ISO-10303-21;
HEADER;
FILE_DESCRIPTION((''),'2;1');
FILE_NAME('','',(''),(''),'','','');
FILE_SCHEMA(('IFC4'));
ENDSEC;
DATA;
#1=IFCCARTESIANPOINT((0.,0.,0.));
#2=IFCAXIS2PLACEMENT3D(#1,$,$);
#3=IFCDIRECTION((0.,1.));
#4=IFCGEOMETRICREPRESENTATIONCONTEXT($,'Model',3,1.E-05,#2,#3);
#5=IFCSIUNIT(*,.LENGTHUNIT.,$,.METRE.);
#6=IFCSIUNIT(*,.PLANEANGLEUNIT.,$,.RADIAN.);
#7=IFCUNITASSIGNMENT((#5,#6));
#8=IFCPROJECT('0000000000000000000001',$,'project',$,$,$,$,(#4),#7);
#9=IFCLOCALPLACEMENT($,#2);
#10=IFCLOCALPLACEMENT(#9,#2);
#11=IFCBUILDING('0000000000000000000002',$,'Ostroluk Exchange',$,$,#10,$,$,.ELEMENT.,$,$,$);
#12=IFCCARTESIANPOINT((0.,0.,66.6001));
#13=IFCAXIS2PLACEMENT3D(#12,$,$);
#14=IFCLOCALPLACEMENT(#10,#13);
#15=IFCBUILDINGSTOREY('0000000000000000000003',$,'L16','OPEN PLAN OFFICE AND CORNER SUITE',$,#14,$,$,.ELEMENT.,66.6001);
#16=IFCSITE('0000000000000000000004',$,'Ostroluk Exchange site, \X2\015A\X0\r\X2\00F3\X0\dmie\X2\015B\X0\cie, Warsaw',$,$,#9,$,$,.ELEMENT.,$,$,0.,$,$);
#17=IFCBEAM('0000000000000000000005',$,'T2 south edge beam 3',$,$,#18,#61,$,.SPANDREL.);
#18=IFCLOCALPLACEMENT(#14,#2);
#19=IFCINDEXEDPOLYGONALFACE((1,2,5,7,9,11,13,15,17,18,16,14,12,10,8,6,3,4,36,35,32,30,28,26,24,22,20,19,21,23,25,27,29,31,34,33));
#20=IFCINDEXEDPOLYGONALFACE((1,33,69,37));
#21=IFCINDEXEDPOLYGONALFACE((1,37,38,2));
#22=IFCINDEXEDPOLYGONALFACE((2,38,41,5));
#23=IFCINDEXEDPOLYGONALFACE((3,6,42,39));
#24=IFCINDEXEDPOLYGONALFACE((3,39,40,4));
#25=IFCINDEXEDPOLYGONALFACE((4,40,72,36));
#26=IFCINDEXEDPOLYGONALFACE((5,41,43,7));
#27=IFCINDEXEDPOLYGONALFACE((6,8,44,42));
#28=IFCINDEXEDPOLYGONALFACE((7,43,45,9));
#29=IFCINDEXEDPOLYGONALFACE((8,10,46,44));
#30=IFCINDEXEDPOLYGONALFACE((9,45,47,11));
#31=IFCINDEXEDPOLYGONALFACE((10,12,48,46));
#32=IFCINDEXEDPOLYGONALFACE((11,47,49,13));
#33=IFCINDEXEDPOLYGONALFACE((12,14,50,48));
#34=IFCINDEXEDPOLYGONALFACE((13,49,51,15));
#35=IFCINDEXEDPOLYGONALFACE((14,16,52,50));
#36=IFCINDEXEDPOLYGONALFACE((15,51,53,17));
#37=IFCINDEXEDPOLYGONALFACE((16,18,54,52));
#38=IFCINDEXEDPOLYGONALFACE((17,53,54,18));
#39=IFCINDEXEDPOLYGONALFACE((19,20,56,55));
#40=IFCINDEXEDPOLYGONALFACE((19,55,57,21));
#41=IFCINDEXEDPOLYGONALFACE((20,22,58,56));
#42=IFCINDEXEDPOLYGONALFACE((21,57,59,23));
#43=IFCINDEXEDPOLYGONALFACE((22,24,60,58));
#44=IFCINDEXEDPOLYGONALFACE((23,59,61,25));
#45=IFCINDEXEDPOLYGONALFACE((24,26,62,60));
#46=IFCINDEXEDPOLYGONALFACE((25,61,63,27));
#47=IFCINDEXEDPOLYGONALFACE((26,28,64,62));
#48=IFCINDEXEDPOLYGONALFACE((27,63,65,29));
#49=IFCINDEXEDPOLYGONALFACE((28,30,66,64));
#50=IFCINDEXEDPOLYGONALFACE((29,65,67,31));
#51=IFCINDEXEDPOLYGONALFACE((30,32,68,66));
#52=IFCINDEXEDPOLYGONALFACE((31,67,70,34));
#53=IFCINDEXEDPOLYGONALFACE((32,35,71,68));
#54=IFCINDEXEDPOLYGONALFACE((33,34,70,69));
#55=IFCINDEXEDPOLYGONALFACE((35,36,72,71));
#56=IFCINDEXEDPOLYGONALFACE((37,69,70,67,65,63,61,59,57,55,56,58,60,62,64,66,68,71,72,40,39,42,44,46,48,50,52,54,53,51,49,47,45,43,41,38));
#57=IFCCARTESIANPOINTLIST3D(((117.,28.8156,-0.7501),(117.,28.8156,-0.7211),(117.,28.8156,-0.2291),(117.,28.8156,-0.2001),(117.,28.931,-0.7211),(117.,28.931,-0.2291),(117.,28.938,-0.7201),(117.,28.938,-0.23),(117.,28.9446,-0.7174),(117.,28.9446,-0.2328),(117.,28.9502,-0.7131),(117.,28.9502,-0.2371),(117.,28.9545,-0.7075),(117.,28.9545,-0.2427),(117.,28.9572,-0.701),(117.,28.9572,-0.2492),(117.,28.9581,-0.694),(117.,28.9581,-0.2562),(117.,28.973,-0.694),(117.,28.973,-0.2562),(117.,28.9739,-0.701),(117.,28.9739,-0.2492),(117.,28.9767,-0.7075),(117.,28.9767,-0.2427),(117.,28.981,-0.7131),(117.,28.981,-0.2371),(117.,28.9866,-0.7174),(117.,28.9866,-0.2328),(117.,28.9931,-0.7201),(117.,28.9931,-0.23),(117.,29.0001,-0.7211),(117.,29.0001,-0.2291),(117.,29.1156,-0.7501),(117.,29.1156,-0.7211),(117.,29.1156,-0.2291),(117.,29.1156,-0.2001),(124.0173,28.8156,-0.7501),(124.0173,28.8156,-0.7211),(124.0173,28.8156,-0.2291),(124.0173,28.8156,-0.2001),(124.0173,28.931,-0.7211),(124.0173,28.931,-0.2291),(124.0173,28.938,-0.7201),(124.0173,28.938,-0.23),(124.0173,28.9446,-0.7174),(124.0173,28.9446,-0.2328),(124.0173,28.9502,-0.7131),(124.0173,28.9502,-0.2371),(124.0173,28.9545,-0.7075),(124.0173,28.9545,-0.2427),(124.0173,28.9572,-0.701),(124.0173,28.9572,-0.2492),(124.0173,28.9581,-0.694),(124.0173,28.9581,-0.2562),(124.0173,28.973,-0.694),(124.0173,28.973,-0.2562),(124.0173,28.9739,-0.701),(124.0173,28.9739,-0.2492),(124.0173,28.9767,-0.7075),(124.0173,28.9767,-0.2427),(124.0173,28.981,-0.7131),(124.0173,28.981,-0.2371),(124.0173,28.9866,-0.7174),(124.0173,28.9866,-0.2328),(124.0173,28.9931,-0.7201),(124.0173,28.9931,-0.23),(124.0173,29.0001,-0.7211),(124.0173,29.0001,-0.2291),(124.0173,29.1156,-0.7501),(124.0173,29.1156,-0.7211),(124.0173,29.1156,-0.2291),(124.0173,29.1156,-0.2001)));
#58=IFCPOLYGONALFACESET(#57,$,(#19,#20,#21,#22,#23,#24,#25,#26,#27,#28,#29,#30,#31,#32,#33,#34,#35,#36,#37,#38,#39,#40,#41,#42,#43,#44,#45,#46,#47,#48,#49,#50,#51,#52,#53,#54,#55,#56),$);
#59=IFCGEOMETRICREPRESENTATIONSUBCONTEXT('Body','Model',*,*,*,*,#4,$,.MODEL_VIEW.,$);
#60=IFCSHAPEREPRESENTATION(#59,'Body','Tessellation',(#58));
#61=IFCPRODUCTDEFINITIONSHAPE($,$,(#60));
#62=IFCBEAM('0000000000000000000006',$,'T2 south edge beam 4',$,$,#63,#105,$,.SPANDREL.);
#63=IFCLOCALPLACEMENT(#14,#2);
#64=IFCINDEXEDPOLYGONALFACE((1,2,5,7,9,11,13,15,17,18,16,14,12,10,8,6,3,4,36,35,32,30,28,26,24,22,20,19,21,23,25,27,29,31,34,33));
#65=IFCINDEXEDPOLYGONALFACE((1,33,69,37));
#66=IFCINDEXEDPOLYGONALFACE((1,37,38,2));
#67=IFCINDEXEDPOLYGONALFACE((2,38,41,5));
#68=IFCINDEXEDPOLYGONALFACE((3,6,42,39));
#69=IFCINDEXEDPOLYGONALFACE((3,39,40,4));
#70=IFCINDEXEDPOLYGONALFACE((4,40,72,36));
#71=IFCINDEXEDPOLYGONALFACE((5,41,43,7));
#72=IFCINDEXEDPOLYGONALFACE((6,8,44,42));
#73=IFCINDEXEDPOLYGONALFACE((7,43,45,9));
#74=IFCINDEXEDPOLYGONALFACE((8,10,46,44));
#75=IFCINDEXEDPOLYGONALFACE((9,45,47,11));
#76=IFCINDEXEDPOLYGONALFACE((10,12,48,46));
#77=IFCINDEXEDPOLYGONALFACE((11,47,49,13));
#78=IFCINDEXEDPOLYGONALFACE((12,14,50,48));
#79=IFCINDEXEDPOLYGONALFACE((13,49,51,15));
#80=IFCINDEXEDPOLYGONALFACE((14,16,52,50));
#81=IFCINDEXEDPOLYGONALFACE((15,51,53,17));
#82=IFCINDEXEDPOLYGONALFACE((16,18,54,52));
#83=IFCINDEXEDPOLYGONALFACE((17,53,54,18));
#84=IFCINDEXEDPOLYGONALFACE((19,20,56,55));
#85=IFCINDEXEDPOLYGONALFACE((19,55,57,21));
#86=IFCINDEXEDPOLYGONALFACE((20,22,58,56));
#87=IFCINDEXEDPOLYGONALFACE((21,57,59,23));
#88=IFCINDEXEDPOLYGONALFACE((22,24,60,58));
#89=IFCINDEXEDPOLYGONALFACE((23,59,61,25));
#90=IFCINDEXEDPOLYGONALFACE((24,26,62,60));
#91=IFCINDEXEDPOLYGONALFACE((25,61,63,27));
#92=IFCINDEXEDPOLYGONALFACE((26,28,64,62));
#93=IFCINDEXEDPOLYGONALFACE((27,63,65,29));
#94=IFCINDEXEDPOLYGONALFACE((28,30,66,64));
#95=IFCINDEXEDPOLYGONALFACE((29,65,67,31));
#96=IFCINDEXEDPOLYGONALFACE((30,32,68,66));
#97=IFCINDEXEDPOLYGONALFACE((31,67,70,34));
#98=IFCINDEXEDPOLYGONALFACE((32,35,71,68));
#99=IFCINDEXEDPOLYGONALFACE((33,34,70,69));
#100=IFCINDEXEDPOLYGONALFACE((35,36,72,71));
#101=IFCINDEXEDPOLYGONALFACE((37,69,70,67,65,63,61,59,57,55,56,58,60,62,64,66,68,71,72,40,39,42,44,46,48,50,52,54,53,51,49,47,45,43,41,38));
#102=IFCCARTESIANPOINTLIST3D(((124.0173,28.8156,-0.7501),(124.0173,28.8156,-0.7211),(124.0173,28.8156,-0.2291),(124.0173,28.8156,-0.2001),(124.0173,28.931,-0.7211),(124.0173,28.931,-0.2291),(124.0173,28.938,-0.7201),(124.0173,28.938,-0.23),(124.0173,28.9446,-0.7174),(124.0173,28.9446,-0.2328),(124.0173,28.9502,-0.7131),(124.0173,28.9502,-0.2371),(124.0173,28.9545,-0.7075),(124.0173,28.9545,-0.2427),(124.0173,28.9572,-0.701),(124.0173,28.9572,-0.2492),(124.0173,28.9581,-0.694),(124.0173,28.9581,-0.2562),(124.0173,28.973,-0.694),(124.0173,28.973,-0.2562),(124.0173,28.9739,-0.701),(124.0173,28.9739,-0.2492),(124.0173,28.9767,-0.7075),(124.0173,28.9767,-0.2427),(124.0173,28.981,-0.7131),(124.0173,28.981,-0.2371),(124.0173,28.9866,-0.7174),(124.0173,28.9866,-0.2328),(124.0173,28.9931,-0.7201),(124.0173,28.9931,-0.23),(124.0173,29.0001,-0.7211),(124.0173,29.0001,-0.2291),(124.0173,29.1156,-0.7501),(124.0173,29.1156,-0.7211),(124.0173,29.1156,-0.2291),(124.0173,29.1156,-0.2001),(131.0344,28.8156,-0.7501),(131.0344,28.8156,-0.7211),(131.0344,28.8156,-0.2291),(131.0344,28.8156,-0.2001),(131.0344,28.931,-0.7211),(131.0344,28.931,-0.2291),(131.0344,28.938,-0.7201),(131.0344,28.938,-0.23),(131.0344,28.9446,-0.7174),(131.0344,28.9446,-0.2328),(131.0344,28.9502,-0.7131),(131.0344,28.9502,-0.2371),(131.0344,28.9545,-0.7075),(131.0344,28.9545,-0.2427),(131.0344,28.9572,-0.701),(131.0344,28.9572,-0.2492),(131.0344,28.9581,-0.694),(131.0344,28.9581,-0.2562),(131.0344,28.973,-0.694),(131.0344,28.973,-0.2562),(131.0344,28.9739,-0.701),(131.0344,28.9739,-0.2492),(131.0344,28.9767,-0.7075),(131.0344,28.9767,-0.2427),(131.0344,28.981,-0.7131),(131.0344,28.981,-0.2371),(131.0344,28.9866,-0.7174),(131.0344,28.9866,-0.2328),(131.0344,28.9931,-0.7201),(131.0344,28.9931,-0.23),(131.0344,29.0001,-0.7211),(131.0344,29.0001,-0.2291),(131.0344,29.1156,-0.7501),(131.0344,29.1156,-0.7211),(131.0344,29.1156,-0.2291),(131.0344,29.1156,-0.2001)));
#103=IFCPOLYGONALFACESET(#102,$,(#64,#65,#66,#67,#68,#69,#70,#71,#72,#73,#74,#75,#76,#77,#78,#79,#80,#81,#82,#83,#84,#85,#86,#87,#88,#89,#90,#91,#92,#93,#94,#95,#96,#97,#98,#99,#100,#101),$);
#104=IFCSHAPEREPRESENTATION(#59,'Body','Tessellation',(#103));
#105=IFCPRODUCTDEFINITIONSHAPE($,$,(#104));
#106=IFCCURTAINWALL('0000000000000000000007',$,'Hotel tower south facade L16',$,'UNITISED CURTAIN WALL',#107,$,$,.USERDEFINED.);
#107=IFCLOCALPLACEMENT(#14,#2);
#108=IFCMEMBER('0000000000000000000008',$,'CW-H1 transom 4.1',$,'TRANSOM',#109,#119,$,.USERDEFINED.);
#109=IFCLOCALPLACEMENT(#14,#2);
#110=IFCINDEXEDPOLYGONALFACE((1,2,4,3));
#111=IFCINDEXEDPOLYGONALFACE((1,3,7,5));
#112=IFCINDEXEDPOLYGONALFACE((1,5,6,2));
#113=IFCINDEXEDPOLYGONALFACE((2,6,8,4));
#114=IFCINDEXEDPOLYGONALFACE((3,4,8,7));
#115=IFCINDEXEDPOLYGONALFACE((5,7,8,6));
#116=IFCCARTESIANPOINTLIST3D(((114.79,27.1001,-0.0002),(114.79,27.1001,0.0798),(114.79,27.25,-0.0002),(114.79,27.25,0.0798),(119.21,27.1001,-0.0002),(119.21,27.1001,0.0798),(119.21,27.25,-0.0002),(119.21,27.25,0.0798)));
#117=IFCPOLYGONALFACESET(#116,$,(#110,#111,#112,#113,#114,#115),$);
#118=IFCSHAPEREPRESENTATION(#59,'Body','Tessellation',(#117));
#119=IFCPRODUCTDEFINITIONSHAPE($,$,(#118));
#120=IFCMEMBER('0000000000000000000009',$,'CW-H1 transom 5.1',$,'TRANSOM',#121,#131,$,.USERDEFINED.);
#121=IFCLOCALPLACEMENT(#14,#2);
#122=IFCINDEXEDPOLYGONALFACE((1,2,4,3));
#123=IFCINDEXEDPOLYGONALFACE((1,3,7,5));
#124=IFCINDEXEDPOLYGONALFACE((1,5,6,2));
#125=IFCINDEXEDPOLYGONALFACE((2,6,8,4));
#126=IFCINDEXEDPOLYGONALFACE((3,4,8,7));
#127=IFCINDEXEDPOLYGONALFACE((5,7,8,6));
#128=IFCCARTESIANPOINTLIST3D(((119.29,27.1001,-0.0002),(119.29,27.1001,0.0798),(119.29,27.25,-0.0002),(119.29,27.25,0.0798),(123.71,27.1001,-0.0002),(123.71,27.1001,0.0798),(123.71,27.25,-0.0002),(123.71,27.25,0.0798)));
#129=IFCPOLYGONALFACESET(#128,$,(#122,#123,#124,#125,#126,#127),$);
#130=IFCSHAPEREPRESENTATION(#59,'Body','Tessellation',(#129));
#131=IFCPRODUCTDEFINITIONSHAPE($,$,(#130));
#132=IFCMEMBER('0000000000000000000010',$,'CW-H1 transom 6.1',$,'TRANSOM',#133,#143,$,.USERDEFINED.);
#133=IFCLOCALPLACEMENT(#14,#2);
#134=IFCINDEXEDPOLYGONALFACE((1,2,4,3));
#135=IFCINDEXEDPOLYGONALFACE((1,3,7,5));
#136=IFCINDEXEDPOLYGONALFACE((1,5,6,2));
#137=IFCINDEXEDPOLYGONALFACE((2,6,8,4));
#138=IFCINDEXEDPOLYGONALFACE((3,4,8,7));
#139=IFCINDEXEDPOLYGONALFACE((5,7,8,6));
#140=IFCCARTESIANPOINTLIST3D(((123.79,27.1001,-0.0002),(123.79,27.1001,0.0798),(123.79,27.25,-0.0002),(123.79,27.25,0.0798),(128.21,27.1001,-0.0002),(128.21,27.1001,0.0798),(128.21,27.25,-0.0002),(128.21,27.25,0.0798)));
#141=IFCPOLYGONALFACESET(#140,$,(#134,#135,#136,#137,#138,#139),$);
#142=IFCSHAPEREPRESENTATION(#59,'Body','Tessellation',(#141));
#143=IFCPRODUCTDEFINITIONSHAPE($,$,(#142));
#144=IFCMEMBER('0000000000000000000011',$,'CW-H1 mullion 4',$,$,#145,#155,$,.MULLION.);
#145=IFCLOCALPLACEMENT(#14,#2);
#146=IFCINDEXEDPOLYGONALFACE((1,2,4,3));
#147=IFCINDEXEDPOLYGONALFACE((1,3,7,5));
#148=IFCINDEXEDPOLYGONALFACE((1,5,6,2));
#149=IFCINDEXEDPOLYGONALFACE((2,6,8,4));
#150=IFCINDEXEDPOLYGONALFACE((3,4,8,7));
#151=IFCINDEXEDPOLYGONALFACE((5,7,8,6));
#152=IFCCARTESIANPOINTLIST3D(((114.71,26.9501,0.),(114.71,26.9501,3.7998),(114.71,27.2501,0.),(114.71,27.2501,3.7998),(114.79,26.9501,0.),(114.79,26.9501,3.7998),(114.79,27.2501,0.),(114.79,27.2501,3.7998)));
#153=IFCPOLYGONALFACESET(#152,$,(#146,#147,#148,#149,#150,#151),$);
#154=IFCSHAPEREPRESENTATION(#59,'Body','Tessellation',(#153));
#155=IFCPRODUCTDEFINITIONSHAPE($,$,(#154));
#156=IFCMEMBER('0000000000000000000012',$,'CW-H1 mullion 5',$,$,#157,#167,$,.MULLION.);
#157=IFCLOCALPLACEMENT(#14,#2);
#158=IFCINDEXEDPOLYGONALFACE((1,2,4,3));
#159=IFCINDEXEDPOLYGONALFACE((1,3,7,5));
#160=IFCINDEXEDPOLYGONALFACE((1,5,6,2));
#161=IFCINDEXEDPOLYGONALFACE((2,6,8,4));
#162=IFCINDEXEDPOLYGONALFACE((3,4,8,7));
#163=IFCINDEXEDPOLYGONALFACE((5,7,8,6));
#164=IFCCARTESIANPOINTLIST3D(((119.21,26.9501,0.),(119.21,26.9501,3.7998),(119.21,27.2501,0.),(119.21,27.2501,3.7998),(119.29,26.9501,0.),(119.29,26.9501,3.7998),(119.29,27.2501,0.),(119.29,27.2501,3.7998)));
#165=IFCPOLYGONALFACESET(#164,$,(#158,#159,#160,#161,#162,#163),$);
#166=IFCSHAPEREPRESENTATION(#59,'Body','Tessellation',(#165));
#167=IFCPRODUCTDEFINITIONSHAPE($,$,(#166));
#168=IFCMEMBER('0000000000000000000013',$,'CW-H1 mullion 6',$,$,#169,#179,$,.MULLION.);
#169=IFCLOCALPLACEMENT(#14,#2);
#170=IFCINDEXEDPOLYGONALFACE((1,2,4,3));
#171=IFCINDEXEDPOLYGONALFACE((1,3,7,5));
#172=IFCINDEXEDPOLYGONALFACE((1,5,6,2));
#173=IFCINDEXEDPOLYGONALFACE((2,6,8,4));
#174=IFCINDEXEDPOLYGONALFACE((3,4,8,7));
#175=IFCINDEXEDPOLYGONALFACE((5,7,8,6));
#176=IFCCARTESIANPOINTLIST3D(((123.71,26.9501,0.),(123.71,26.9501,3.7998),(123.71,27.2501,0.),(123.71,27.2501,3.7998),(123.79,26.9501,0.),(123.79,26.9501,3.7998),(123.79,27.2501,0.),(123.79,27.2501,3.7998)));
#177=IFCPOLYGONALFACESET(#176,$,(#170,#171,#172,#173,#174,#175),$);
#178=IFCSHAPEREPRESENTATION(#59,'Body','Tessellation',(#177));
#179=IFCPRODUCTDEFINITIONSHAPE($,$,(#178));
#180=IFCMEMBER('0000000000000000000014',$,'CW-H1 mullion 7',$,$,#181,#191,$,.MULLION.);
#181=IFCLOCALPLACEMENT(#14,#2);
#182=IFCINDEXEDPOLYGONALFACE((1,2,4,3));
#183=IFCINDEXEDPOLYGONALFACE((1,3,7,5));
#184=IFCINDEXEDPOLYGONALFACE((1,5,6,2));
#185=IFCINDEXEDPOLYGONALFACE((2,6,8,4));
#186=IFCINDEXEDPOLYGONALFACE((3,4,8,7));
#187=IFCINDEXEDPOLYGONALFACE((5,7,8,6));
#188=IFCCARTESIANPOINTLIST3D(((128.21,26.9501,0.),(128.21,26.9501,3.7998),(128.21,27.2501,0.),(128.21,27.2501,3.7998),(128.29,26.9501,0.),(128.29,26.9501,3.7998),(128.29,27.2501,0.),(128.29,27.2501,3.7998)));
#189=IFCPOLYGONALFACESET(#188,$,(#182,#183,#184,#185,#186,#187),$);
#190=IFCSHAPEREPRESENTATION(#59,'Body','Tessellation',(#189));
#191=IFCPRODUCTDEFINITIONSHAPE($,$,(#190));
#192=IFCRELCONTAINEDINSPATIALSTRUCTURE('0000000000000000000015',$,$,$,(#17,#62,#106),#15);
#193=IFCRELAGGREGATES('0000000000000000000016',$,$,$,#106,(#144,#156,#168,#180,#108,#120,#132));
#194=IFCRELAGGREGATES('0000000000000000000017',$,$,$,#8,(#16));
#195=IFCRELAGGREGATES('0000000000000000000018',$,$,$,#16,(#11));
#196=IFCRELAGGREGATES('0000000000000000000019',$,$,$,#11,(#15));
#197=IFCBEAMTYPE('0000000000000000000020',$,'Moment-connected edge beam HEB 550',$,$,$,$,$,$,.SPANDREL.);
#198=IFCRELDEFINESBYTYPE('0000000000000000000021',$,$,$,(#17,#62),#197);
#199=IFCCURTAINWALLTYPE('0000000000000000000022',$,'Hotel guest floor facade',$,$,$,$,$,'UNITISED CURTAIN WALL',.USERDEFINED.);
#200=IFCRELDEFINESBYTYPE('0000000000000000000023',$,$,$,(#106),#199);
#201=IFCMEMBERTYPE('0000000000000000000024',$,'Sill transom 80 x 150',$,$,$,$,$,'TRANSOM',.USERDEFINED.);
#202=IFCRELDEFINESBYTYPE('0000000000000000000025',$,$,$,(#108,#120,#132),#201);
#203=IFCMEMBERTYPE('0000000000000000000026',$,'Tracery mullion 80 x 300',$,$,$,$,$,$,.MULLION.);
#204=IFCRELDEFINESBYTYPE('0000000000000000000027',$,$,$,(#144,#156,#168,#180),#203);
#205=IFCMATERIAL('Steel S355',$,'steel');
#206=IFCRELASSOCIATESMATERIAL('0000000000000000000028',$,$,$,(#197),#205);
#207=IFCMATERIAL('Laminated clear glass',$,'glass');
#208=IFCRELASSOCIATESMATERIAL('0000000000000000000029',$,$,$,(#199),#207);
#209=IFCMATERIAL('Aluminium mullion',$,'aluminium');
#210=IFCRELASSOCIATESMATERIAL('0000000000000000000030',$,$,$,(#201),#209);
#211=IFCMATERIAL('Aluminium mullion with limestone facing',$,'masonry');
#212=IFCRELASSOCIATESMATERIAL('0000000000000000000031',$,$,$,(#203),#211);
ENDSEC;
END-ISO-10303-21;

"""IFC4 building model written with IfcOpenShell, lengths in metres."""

from ifc_helpers import new_model, si_unit, direction, frame, origin, origin_2d, place, context, subcontext, project, spatial, rectangle, i_section, extrude, material, material_profile, profile_set, type_object, element, aggregate, save


model = new_model("IFC4")

# Units and contexts
model_context = context("Model", 3, precision=1e-05, world=origin(), true_north=direction((0.0, 1.0)))
body_context = subcontext(model_context, "Body", "Model", "MODEL_VIEW")
ifc_project = project(units=[si_unit("LENGTHUNIT", "METRE"), si_unit("PLANEANGLEUNIT", "RADIAN")], contexts=[model_context])

# Site, building, storey
site_placement = place(None, origin())
site = spatial("IfcSite", under=ifc_project, at=site_placement, Name="Ostroluk Exchange site, Śródmieście, Warsaw", CompositionType="ELEMENT", RefElevation=0.0)
building_placement = place(site_placement, origin())
building = spatial("IfcBuilding", under=site, at=building_placement, Name="Ostroluk Exchange", CompositionType="ELEMENT")
storey_placement = place(building_placement, frame((0.0, 0.0, 66.6001)))
storey = spatial("IfcBuildingStorey", under=building, at=storey_placement, Name="L16", Description="OPEN PLAN OFFICE AND CORNER SUITE", CompositionType="ELEMENT", Elevation=66.6001)

# Beams
ifc_material_1 = material(Name="Steel S355", Category="steel")
ifc_material_profile_1 = material_profile(ifc_material_1, i_section(OverallWidth=0.3, OverallDepth=0.55, WebThickness=0.0149, FlangeThickness=0.0291, FilletRadius=0.0271, at=origin_2d()), Name="HEB 550")
ifc_profile_set_1 = profile_set([ifc_material_profile_1], Name="Steel S355")
beam_type = type_object("IfcBeamType", Name="Moment-connected edge beam HEB 550", PredefinedType="SPANDREL", material=ifc_profile_set_1)
beam_1_placement = place(storey_placement, frame((117.0, 28.9656, -0.4751), z_axis=(1.0, 0.0, 0.0), x_axis=(0.0, 1.0, 0.0)))
element("IfcBeam", 1, at=beam_1_placement, inside=storey, type_object=beam_type, Name="T2 south edge beam 3", PredefinedType="SPANDREL", context=body_context, shape_type="SweptSolid", body=[
    extrude(i_section(OverallWidth=0.3, OverallDepth=0.55, WebThickness=0.0149, FlangeThickness=0.0291, FilletRadius=0.0271, at=origin_2d()), origin(), (0.0, 0.0, 1.0), 7.0173),
])
beam_2_placement = place(storey_placement, frame((124.0173, 28.9656, -0.4751), z_axis=(1.0, 0.0, 0.0), x_axis=(0.0, 1.0, 0.0)))
element("IfcBeam", 2, at=beam_2_placement, inside=storey, type_object=beam_type, Name="T2 south edge beam 4", PredefinedType="SPANDREL", context=body_context, shape_type="SweptSolid", body=[
    extrude(i_section(OverallWidth=0.3, OverallDepth=0.55, WebThickness=0.0149, FlangeThickness=0.0291, FilletRadius=0.0271, at=origin_2d()), origin(), (0.0, 0.0, 1.0), 7.0171),
])

# Curtain wall, members
ifc_material_2 = material(Name="Laminated clear glass", Category="glass")
curtain_wall_type = type_object("IfcCurtainWallType", Name="Hotel guest floor facade", ElementType="UNITISED CURTAIN WALL", PredefinedType="USERDEFINED", material=ifc_material_2)
curtain_wall_placement = place(storey_placement, origin())
curtain_wall = element("IfcCurtainWall", 3, at=curtain_wall_placement, inside=storey, type_object=curtain_wall_type, Name="Hotel tower south facade L16", ObjectType="UNITISED CURTAIN WALL", PredefinedType="USERDEFINED")
ifc_material_3 = material(Name="Aluminium mullion", Category="aluminium")
ifc_material_profile_2 = material_profile(ifc_material_3, rectangle(XDim=0.1499, YDim=0.0801, at=origin_2d()), Name="Sill transom 80 x 150")
ifc_profile_set_2 = profile_set([ifc_material_profile_2], Name="Aluminium mullion")
member_type_1 = type_object("IfcMemberType", Name="Sill transom 80 x 150", ElementType="TRANSOM", PredefinedType="USERDEFINED", material=ifc_profile_set_2)
member_1_placement = place(storey_placement, frame((114.79, 27.175, 0.0398), z_axis=(1.0, 0.0, 0.0), x_axis=(0.0, 1.0, 0.0)))
member_1 = element("IfcMember", 4, at=member_1_placement, type_object=member_type_1, Name="CW-H1 transom 4.1", ObjectType="TRANSOM", PredefinedType="USERDEFINED", context=body_context, shape_type="SweptSolid", body=[
    extrude(rectangle(XDim=0.1499, YDim=0.0801, at=origin_2d()), origin(), (0.0, 0.0, 1.0), 4.4199),
])
member_2_placement = place(storey_placement, frame((119.29, 27.175, 0.0398), z_axis=(1.0, 0.0, 0.0), x_axis=(0.0, 1.0, 0.0)))
member_2 = element("IfcMember", 5, at=member_2_placement, type_object=member_type_1, Name="CW-H1 transom 5.1", ObjectType="TRANSOM", PredefinedType="USERDEFINED", context=body_context, shape_type="SweptSolid", body=[
    extrude(rectangle(XDim=0.1499, YDim=0.0801, at=origin_2d()), origin(), (0.0, 0.0, 1.0), 4.4199),
])
member_3_placement = place(storey_placement, frame((123.79, 27.175, 0.0398), z_axis=(1.0, 0.0, 0.0), x_axis=(0.0, 1.0, 0.0)))
member_3 = element("IfcMember", 6, at=member_3_placement, type_object=member_type_1, Name="CW-H1 transom 6.1", ObjectType="TRANSOM", PredefinedType="USERDEFINED", context=body_context, shape_type="SweptSolid", body=[
    extrude(rectangle(XDim=0.1499, YDim=0.0801, at=origin_2d()), origin(), (0.0, 0.0, 1.0), 4.4199),
])
ifc_material_4 = material(Name="Aluminium mullion with limestone facing", Category="masonry")
ifc_material_profile_3 = material_profile(ifc_material_4, rectangle(XDim=0.3, YDim=0.0801, at=origin_2d()), Name="Tracery mullion 80 x 300")
ifc_profile_set_3 = profile_set([ifc_material_profile_3], Name="Aluminium mullion with limestone facing")
member_type_2 = type_object("IfcMemberType", Name="Tracery mullion 80 x 300", PredefinedType="MULLION", material=ifc_profile_set_3)
member_4_placement = place(storey_placement, frame((114.75, 27.1001, 0.0), z_axis=(0.0, 0.0, 1.0), x_axis=(0.0, 1.0, 0.0)))
member_4 = element("IfcMember", 7, at=member_4_placement, type_object=member_type_2, Name="CW-H1 mullion 4", PredefinedType="MULLION", context=body_context, shape_type="SweptSolid", body=[
    extrude(rectangle(XDim=0.3, YDim=0.0801, at=origin_2d()), origin(), (0.0, 0.0, 1.0), 3.7998),
])
member_5_placement = place(storey_placement, frame((119.25, 27.1001, 0.0), z_axis=(0.0, 0.0, 1.0), x_axis=(0.0, 1.0, 0.0)))
member_5 = element("IfcMember", 8, at=member_5_placement, type_object=member_type_2, Name="CW-H1 mullion 5", PredefinedType="MULLION", context=body_context, shape_type="SweptSolid", body=[
    extrude(rectangle(XDim=0.3, YDim=0.0801, at=origin_2d()), origin(), (0.0, 0.0, 1.0), 3.7998),
])
member_6_placement = place(storey_placement, frame((123.75, 27.1001, 0.0), z_axis=(0.0, 0.0, 1.0), x_axis=(0.0, 1.0, 0.0)))
member_6 = element("IfcMember", 9, at=member_6_placement, type_object=member_type_2, Name="CW-H1 mullion 6", PredefinedType="MULLION", context=body_context, shape_type="SweptSolid", body=[
    extrude(rectangle(XDim=0.3, YDim=0.0801, at=origin_2d()), origin(), (0.0, 0.0, 1.0), 3.7998),
])
member_7_placement = place(storey_placement, frame((128.25, 27.1001, 0.0), z_axis=(0.0, 0.0, 1.0), x_axis=(0.0, 1.0, 0.0)))
member_7 = element("IfcMember", 10, at=member_7_placement, type_object=member_type_2, Name="CW-H1 mullion 7", PredefinedType="MULLION", context=body_context, shape_type="SweptSolid", body=[
    extrude(rectangle(XDim=0.3, YDim=0.0801, at=origin_2d()), origin(), (0.0, 0.0, 1.0), 3.7998),
])
aggregate(curtain_wall, [member_4, member_5, member_6, member_7, member_1, member_2, member_3])

save(model, "model.ifc")
